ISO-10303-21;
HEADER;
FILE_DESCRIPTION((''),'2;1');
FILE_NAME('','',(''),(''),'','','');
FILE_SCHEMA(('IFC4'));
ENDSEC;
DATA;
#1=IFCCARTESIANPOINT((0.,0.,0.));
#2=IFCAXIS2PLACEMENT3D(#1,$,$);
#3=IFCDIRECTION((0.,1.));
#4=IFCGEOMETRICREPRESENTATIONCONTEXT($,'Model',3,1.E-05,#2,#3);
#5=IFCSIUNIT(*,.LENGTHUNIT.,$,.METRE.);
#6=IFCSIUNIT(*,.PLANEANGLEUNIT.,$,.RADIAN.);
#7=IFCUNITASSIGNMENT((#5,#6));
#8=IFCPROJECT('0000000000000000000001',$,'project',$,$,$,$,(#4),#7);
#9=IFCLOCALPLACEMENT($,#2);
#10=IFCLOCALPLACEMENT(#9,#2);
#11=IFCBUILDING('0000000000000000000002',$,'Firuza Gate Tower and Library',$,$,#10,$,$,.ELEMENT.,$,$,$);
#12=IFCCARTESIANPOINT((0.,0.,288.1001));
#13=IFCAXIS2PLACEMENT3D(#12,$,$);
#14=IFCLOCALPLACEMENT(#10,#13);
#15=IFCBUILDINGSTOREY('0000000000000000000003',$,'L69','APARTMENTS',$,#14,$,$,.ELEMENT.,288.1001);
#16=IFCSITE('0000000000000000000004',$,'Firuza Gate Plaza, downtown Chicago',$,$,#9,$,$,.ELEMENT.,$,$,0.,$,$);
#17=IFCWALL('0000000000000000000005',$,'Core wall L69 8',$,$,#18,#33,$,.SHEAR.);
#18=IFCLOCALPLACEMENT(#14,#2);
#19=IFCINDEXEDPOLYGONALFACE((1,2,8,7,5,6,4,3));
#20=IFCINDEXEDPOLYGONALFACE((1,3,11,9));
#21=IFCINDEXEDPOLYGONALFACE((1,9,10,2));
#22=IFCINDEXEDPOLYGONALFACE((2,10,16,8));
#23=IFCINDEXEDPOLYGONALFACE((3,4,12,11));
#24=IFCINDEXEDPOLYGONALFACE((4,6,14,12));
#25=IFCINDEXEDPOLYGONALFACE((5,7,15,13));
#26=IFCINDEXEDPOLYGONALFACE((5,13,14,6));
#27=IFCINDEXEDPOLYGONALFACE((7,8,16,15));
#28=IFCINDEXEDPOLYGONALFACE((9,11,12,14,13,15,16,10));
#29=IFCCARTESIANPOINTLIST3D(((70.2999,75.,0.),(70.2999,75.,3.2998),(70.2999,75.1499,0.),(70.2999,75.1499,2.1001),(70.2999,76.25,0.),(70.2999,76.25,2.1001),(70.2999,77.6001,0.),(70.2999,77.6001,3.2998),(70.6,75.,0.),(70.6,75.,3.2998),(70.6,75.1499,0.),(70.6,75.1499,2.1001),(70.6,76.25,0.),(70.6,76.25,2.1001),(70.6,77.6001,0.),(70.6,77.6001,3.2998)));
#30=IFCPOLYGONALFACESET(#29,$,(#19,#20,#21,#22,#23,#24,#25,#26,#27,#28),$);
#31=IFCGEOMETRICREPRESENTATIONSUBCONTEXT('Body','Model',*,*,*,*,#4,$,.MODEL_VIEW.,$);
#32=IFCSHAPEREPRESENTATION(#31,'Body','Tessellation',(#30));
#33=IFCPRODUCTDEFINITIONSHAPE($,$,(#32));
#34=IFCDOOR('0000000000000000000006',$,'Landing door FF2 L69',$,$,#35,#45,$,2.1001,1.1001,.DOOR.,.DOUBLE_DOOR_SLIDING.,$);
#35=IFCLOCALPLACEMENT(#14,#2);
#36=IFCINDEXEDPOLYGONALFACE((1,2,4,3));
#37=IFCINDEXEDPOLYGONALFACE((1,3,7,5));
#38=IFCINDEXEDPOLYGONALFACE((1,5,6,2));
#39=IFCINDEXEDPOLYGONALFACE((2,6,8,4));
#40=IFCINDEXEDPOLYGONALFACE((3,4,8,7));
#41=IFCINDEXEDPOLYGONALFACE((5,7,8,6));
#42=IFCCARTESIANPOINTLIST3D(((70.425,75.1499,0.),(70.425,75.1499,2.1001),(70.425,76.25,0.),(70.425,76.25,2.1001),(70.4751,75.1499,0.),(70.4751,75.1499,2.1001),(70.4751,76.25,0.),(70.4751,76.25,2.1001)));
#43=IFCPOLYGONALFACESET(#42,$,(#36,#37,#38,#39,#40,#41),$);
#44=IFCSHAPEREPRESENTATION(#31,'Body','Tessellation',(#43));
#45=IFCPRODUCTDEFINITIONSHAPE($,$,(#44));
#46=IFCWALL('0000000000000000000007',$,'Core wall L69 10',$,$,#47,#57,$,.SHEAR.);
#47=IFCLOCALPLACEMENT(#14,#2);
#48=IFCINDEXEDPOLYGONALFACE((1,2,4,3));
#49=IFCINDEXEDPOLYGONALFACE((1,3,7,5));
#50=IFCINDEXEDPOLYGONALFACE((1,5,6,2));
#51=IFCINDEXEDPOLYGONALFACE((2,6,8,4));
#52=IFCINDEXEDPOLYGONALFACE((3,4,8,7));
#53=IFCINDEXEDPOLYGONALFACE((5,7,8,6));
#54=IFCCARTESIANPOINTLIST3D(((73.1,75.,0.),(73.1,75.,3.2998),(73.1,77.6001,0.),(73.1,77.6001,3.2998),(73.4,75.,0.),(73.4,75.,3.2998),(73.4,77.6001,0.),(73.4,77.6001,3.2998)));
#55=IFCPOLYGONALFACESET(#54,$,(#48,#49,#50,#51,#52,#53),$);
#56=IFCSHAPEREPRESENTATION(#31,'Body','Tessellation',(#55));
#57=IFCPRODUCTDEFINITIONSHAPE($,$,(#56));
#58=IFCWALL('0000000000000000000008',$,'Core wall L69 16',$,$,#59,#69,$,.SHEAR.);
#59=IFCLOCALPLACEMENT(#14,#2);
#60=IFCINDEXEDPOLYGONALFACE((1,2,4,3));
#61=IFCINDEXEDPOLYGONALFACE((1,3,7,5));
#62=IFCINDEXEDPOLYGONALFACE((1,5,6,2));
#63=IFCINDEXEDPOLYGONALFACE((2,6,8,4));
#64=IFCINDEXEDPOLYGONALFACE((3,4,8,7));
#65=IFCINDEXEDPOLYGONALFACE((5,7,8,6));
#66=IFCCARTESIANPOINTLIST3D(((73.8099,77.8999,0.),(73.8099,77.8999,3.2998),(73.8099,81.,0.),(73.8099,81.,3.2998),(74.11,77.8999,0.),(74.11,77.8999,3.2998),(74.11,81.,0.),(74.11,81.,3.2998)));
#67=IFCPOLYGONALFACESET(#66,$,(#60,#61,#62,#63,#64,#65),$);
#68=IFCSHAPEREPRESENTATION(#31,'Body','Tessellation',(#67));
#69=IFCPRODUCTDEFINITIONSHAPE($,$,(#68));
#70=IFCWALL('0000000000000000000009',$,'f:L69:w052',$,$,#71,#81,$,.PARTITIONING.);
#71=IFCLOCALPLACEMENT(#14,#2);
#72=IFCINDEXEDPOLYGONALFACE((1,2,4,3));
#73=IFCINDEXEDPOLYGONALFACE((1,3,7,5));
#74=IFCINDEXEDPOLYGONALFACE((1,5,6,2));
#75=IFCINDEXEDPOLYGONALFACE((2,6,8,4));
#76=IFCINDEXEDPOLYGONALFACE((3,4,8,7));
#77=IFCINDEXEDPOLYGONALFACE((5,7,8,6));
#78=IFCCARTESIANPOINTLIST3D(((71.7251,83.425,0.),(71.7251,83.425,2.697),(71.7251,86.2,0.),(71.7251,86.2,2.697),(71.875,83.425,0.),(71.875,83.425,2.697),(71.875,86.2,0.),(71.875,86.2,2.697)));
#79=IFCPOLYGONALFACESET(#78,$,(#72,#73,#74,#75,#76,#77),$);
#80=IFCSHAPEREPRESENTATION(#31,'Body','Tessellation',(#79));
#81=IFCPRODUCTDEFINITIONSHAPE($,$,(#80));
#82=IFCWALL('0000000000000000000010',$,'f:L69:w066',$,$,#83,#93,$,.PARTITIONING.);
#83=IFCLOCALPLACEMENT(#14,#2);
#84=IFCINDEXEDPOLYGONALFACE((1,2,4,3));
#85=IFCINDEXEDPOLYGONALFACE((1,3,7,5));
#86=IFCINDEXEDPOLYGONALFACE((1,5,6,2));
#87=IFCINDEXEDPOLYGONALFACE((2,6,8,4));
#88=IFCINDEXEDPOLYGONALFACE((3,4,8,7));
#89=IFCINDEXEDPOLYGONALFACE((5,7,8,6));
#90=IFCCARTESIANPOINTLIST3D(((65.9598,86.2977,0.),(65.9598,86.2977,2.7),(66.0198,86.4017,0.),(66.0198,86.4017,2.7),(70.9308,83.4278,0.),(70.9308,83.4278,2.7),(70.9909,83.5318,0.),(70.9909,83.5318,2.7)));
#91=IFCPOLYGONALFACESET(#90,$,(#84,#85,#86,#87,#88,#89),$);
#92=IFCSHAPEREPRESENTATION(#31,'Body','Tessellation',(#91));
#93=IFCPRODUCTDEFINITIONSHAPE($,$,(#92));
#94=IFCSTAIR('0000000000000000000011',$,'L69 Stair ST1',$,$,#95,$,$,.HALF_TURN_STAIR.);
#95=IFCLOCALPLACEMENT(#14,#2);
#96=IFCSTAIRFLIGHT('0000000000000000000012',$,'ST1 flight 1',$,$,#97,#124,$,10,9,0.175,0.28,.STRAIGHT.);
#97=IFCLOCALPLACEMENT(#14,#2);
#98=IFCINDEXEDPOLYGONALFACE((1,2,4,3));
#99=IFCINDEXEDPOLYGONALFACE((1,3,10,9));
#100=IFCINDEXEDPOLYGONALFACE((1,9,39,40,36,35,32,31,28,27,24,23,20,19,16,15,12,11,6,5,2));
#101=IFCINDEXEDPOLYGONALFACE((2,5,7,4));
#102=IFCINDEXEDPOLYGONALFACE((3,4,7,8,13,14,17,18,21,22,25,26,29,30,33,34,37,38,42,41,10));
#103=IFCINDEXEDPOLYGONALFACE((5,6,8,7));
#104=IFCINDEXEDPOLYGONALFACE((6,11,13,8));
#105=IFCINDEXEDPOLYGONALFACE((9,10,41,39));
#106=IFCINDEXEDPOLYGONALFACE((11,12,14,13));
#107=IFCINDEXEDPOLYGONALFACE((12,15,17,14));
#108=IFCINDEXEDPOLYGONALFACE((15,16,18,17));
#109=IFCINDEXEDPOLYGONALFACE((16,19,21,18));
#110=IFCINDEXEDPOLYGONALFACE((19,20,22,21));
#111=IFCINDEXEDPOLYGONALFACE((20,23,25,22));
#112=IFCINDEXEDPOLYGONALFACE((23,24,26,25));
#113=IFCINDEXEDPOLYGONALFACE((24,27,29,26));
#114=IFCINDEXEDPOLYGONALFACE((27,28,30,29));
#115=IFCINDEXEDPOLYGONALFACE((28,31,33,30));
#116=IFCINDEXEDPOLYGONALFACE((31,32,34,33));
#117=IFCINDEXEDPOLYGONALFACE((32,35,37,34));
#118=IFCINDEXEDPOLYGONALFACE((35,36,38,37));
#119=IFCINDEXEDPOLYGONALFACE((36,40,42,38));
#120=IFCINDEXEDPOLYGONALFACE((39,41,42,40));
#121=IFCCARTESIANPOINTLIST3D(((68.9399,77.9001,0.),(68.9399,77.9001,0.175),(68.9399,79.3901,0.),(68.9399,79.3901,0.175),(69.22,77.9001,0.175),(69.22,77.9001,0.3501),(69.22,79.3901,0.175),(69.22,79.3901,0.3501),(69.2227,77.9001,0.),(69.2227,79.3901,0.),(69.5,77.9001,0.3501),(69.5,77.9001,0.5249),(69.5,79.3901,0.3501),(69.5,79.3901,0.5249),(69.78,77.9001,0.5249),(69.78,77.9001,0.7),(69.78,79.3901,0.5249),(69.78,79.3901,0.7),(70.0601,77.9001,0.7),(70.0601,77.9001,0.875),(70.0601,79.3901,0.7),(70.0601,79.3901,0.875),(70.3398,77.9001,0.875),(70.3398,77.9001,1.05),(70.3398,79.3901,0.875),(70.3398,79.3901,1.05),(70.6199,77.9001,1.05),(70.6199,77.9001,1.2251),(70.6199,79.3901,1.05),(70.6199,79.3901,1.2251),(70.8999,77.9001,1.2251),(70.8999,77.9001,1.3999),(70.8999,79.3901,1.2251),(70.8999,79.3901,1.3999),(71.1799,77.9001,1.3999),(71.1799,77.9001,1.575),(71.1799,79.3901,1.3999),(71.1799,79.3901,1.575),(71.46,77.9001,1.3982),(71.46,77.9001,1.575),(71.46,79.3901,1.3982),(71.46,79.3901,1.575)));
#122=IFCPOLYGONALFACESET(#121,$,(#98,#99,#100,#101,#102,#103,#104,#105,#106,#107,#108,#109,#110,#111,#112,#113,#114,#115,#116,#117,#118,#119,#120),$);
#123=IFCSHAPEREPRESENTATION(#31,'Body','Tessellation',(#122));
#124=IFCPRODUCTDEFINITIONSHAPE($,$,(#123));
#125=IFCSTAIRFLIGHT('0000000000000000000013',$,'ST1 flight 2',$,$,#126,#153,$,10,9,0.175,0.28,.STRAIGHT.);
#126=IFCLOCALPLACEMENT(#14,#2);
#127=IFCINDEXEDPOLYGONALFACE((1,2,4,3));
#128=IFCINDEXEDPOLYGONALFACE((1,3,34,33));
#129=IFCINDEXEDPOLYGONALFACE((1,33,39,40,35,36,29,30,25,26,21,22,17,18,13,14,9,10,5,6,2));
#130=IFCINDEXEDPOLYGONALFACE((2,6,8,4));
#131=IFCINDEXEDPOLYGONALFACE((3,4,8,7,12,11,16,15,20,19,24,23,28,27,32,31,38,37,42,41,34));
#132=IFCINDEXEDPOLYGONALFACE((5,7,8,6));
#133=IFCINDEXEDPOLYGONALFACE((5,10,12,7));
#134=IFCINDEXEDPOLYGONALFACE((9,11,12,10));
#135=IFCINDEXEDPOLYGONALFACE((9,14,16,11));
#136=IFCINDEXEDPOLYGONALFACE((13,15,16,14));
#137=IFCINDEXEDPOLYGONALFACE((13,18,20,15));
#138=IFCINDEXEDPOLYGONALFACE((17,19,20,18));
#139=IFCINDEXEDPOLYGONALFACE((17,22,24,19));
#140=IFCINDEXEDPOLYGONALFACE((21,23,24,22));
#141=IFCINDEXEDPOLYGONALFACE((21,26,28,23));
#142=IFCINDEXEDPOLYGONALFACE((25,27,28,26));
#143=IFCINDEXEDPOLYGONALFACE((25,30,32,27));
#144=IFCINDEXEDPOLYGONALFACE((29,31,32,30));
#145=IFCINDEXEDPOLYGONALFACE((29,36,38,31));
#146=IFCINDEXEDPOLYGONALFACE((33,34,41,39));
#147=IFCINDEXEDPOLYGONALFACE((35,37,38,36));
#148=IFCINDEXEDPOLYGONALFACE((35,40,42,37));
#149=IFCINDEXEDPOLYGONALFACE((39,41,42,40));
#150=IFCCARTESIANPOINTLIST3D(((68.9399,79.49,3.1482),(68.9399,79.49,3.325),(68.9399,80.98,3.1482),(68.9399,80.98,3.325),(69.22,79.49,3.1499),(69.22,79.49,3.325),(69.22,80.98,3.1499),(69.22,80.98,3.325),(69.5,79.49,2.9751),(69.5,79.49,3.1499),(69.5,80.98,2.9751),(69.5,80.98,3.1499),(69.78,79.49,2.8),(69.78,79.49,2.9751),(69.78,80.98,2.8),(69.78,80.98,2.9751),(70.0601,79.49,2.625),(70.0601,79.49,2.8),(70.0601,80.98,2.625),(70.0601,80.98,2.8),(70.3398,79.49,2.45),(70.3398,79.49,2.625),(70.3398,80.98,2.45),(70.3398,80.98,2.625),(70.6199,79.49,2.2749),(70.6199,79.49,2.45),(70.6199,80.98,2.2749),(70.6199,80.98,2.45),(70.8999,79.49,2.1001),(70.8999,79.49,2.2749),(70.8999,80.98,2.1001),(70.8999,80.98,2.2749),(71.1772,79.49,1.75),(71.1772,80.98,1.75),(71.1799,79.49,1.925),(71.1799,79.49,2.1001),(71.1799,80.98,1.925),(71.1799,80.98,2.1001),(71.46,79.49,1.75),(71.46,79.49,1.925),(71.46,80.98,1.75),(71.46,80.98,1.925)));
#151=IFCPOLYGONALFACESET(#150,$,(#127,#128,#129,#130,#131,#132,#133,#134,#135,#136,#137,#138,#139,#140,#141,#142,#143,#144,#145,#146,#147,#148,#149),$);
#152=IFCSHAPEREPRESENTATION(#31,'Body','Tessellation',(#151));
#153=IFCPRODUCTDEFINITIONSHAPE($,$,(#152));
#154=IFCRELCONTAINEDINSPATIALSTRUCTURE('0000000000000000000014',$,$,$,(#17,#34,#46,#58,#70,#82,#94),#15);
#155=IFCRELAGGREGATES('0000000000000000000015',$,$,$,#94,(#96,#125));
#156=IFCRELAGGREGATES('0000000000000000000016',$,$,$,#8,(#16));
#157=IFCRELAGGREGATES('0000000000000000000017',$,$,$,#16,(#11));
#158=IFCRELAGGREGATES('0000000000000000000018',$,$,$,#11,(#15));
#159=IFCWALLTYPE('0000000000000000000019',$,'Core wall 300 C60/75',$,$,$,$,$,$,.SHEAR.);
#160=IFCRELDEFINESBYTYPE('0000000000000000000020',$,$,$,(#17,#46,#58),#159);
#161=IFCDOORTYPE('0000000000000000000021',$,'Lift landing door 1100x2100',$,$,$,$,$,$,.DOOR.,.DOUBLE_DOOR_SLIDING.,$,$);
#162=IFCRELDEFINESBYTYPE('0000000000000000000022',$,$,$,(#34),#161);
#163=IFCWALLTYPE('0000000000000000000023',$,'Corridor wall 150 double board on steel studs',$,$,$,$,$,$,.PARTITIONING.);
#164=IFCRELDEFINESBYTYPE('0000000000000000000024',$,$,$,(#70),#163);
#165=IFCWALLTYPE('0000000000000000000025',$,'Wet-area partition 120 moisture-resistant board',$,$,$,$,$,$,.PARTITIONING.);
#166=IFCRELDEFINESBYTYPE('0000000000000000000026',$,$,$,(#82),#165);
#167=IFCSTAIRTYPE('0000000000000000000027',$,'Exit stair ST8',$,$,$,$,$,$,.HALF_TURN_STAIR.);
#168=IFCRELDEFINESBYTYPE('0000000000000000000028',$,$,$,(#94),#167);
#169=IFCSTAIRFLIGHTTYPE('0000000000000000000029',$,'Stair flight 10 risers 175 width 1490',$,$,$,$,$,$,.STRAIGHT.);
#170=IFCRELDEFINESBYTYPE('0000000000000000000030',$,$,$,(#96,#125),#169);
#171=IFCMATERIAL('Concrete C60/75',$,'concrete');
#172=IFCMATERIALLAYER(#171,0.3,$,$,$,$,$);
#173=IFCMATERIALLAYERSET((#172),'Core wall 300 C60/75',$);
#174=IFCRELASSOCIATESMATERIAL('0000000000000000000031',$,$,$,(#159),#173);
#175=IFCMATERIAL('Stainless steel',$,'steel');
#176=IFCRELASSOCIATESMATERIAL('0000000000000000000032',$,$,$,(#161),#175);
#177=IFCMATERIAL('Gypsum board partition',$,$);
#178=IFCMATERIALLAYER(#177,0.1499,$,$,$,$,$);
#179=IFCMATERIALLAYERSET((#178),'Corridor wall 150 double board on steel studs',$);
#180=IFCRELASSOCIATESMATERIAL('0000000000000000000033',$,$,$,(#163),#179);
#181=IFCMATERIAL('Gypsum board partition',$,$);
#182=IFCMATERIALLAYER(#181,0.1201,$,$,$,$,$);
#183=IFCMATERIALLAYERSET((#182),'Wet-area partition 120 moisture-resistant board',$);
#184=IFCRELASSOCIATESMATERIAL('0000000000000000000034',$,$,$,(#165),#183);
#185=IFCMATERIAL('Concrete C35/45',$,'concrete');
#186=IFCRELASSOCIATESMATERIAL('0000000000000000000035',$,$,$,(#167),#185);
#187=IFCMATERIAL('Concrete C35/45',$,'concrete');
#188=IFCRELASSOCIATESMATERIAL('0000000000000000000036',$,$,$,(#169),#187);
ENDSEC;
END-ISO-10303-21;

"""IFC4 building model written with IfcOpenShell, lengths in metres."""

from ifc_helpers import new_model, si_unit, direction, frame, frame_2d, origin, place, context, subcontext, project, spatial, polyline, rectangle, outline, extrude, material, layer, layer_set, type_object, element, fill, aggregate, save


model = new_model("IFC4")

# Units and contexts
model_context = context("Model", 3, precision=1e-05, world=origin(), true_north=direction((0.0, 1.0)))
body_context = subcontext(model_context, "Body", "Model", "MODEL_VIEW")
ifc_project = project(units=[si_unit("LENGTHUNIT", "METRE"), si_unit("PLANEANGLEUNIT", "RADIAN")], contexts=[model_context])

# Site, building, storey
site_placement = place(None, origin())
site = spatial("IfcSite", under=ifc_project, at=site_placement, Name="Firuza Gate Plaza, downtown Chicago", CompositionType="ELEMENT", RefElevation=0.0)
building_placement = place(site_placement, origin())
building = spatial("IfcBuilding", under=site, at=building_placement, Name="Firuza Gate Tower and Library", CompositionType="ELEMENT")
storey_placement = place(building_placement, frame((0.0, 0.0, 288.1001)))
storey = spatial("IfcBuildingStorey", under=building, at=storey_placement, Name="L69", Description="APARTMENTS", CompositionType="ELEMENT", Elevation=288.1001)

# Shared definitions
ifc_material_1 = material(Name="Concrete C60/75", Category="concrete")
ifc_layer_1 = layer(ifc_material_1, 0.3)
ifc_layer_set_1 = layer_set([ifc_layer_1], Name="Core wall 300 C60/75")
wall_type_1 = type_object("IfcWallType", Name="Core wall 300 C60/75", PredefinedType="SHEAR", material=ifc_layer_set_1)
ifc_material_2 = material(Name="Stainless steel", Category="steel")
door_type_1 = type_object("IfcDoorType", Name="Lift landing door 1100x2100", OperationType="DOUBLE_DOOR_SLIDING", PredefinedType="DOOR", material=ifc_material_2)

# Wall, opening, door
wall_1_placement = place(storey_placement, frame((70.45, 75.0, 0.0), z_axis=(0.0, 0.0, 1.0), x_axis=(0.0, 1.0, 0.0)))
wall_1 = element("IfcWall", 1, at=wall_1_placement, inside=storey, type_object=wall_type_1, Name="Core wall L69 8", PredefinedType="SHEAR", context=body_context, shape_type="SweptSolid", body=[
    extrude(rectangle(XDim=2.6001, YDim=0.3, at=frame_2d((1.3, 0.0))), origin(), (0.0, 0.0, 1.0), 3.2998),
])
opening_1_placement = place(wall_1_placement, frame((0.1499, 0.0, 0.0)))
opening_1 = element("IfcOpeningElement", 2, at=opening_1_placement, cuts=wall_1, PredefinedType="OPENING", context=body_context, shape_type="SweptSolid", body=[
    extrude(rectangle(XDim=1.1001, YDim=2.1001, at=frame_2d((0.55, 1.05))), frame((0.0, 0.1602, 0.0), z_axis=(0.0, -1.0, 0.0), x_axis=(1.0, 0.0, 0.0)), (0.0, 0.0, 1.0), 0.3201),
])
door_1_placement = place(opening_1_placement, origin())
door_1 = element("IfcDoor", 3, at=door_1_placement, inside=storey, type_object=door_type_1, Name="Landing door FF2 L69", OperationType="DOUBLE_DOOR_SLIDING", OverallHeight=2.1001, OverallWidth=1.1001, PredefinedType="DOOR", context=body_context, shape_type="SweptSolid", body=[
    extrude(rectangle(XDim=1.1001, YDim=2.1001, at=frame_2d((0.55, 1.05))), frame((0.0, 0.0249, 0.0), z_axis=(0.0, -1.0, 0.0), x_axis=(1.0, 0.0, 0.0)), (0.0, 0.0, 1.0), 0.05),
])
fill(opening_1, door_1)

# Walls
wall_2_placement = place(storey_placement, frame((73.25, 75.0, 0.0), z_axis=(0.0, 0.0, 1.0), x_axis=(0.0, 1.0, 0.0)))
element("IfcWall", 4, at=wall_2_placement, inside=storey, type_object=wall_type_1, Name="Core wall L69 10", PredefinedType="SHEAR", context=body_context, shape_type="SweptSolid", body=[
    extrude(rectangle(XDim=2.6001, YDim=0.3, at=frame_2d((1.3, 0.0))), origin(), (0.0, 0.0, 1.0), 3.2998),
])
wall_3_placement = place(storey_placement, frame((73.96, 77.8999, 0.0), z_axis=(0.0, 0.0, 1.0), x_axis=(0.0, 1.0, 0.0)))
element("IfcWall", 5, at=wall_3_placement, inside=storey, type_object=wall_type_1, Name="Core wall L69 16", PredefinedType="SHEAR", context=body_context, shape_type="SweptSolid", body=[
    extrude(rectangle(XDim=3.1001, YDim=0.3, at=frame_2d((1.55, 0.0))), origin(), (0.0, 0.0, 1.0), 3.2998),
])
ifc_material_3 = material(Name="Gypsum board partition")
ifc_layer_2 = layer(ifc_material_3, 0.1499)
ifc_layer_set_2 = layer_set([ifc_layer_2], Name="Corridor wall 150 double board on steel studs")
wall_type_2 = type_object("IfcWallType", Name="Corridor wall 150 double board on steel studs", PredefinedType="PARTITIONING", material=ifc_layer_set_2)
wall_4_placement = place(storey_placement, frame((71.8, 83.425, 0.0), z_axis=(0.0, 0.0, 1.0), x_axis=(0.0, 1.0, 0.0)))
element("IfcWall", 6, at=wall_4_placement, inside=storey, type_object=wall_type_2, Name="f:L69:w052", PredefinedType="PARTITIONING", context=body_context, shape_type="SweptSolid", body=[
    extrude(rectangle(XDim=2.7749, YDim=0.1499, at=frame_2d((1.3875, 0.0))), origin(), (0.0, 0.0, 1.0), 2.697),
])
ifc_material_4 = material(Name="Gypsum board partition")
ifc_layer_3 = layer(ifc_material_4, 0.1201)
ifc_layer_set_3 = layer_set([ifc_layer_3], Name="Wet-area partition 120 moisture-resistant board")
wall_type_3 = type_object("IfcWallType", Name="Wet-area partition 120 moisture-resistant board", PredefinedType="PARTITIONING", material=ifc_layer_set_3)
wall_5_placement = place(storey_placement, frame((70.9609, 83.4797, 0.0), z_axis=(0.0, 0.0, 1.0), x_axis=(-0.866033, 0.499986, 0.0)))
element("IfcWall", 7, at=wall_5_placement, inside=storey, type_object=wall_type_3, Name="f:L69:w066", PredefinedType="PARTITIONING", context=body_context, shape_type="SweptSolid", body=[
    extrude(rectangle(XDim=5.74, YDim=0.1201, at=frame_2d((2.8701, 0.0))), origin(), (0.0, 0.0, 1.0), 2.7),
])

# Stair, stair flights
ifc_material_5 = material(Name="Concrete C35/45", Category="concrete")
stair_type = type_object("IfcStairType", Name="Exit stair ST8", PredefinedType="HALF_TURN_STAIR", material=ifc_material_5)
stair_placement = place(storey_placement, origin())
stair = element("IfcStair", 8, at=stair_placement, inside=storey, type_object=stair_type, Name="L69 Stair ST1", PredefinedType="HALF_TURN_STAIR")
ifc_material_6 = material(Name="Concrete C35/45", Category="concrete")
stair_flight_type = type_object("IfcStairFlightType", Name="Stair flight 10 risers 175 width 1490", PredefinedType="STRAIGHT", material=ifc_material_6)
stair_flight_1_placement = place(storey_placement, frame((68.9399, 78.645, 0.0), z_axis=(0.0, 0.0, 1.0), x_axis=(1.0, 0.0, 0.0)))
stair_flight_1 = element("IfcStairFlight", 9, at=stair_flight_1_placement, type_object=stair_flight_type, Name="ST1 flight 1", NumberOfRisers=10, NumberOfTreads=9, PredefinedType="STRAIGHT", RiserHeight=0.175, TreadLength=0.28, context=body_context, shape_type="SweptSolid", body=[
    extrude(outline(polyline([(0.0, 0.0), (0.0, 0.175), (0.28, 0.175), (0.28, 0.3501), (0.5601, 0.3501), (0.5601, 0.5249), (0.8401, 0.5249), (0.8401, 0.7), (1.1201, 0.7), (1.1201, 0.875), (1.3999, 0.875), (1.3999, 1.05), (1.6799, 1.05), (1.6799, 1.2251), (1.96, 1.2251), (1.96, 1.3999), (2.24, 1.3999), (2.24, 1.575), (2.52, 1.575), (2.52, 1.75), (2.52, 1.3982), (0.2827, 0.0), (0.0, 0.0)])), frame((0.0, 0.7451, 0.0), z_axis=(0.0, -1.0, 0.0), x_axis=(1.0, 0.0, 0.0)), (0.0, 0.0, 1.0), 1.49),
])
stair_flight_2_placement = place(storey_placement, frame((71.46, 80.2351, 1.75), z_axis=(0.0, 0.0, 1.0), x_axis=(-1.0, 0.0, 0.0)))
stair_flight_2 = element("IfcStairFlight", 10, at=stair_flight_2_placement, type_object=stair_flight_type, Name="ST1 flight 2", NumberOfRisers=10, NumberOfTreads=9, PredefinedType="STRAIGHT", RiserHeight=0.175, TreadLength=0.28, context=body_context, shape_type="SweptSolid", body=[
    extrude(outline(polyline([(0.0, 0.0), (0.0, 0.175), (0.28, 0.175), (0.28, 0.3501), (0.5601, 0.3501), (0.5601, 0.5249), (0.8401, 0.5249), (0.8401, 0.7), (1.1201, 0.7), (1.1201, 0.875), (1.3999, 0.875), (1.3999, 1.05), (1.6799, 1.05), (1.6799, 1.2251), (1.96, 1.2251), (1.96, 1.3999), (2.24, 1.3999), (2.24, 1.575), (2.52, 1.575), (2.52, 1.75), (2.52, 1.3982), (0.2827, 0.0), (0.0, 0.0)])), frame((0.0, 0.7451, 0.0), z_axis=(0.0, -1.0, 0.0), x_axis=(1.0, 0.0, 0.0)), (0.0, 0.0, 1.0), 1.49),
])
aggregate(stair, [stair_flight_1, stair_flight_2])

save(model, "model.ifc")
